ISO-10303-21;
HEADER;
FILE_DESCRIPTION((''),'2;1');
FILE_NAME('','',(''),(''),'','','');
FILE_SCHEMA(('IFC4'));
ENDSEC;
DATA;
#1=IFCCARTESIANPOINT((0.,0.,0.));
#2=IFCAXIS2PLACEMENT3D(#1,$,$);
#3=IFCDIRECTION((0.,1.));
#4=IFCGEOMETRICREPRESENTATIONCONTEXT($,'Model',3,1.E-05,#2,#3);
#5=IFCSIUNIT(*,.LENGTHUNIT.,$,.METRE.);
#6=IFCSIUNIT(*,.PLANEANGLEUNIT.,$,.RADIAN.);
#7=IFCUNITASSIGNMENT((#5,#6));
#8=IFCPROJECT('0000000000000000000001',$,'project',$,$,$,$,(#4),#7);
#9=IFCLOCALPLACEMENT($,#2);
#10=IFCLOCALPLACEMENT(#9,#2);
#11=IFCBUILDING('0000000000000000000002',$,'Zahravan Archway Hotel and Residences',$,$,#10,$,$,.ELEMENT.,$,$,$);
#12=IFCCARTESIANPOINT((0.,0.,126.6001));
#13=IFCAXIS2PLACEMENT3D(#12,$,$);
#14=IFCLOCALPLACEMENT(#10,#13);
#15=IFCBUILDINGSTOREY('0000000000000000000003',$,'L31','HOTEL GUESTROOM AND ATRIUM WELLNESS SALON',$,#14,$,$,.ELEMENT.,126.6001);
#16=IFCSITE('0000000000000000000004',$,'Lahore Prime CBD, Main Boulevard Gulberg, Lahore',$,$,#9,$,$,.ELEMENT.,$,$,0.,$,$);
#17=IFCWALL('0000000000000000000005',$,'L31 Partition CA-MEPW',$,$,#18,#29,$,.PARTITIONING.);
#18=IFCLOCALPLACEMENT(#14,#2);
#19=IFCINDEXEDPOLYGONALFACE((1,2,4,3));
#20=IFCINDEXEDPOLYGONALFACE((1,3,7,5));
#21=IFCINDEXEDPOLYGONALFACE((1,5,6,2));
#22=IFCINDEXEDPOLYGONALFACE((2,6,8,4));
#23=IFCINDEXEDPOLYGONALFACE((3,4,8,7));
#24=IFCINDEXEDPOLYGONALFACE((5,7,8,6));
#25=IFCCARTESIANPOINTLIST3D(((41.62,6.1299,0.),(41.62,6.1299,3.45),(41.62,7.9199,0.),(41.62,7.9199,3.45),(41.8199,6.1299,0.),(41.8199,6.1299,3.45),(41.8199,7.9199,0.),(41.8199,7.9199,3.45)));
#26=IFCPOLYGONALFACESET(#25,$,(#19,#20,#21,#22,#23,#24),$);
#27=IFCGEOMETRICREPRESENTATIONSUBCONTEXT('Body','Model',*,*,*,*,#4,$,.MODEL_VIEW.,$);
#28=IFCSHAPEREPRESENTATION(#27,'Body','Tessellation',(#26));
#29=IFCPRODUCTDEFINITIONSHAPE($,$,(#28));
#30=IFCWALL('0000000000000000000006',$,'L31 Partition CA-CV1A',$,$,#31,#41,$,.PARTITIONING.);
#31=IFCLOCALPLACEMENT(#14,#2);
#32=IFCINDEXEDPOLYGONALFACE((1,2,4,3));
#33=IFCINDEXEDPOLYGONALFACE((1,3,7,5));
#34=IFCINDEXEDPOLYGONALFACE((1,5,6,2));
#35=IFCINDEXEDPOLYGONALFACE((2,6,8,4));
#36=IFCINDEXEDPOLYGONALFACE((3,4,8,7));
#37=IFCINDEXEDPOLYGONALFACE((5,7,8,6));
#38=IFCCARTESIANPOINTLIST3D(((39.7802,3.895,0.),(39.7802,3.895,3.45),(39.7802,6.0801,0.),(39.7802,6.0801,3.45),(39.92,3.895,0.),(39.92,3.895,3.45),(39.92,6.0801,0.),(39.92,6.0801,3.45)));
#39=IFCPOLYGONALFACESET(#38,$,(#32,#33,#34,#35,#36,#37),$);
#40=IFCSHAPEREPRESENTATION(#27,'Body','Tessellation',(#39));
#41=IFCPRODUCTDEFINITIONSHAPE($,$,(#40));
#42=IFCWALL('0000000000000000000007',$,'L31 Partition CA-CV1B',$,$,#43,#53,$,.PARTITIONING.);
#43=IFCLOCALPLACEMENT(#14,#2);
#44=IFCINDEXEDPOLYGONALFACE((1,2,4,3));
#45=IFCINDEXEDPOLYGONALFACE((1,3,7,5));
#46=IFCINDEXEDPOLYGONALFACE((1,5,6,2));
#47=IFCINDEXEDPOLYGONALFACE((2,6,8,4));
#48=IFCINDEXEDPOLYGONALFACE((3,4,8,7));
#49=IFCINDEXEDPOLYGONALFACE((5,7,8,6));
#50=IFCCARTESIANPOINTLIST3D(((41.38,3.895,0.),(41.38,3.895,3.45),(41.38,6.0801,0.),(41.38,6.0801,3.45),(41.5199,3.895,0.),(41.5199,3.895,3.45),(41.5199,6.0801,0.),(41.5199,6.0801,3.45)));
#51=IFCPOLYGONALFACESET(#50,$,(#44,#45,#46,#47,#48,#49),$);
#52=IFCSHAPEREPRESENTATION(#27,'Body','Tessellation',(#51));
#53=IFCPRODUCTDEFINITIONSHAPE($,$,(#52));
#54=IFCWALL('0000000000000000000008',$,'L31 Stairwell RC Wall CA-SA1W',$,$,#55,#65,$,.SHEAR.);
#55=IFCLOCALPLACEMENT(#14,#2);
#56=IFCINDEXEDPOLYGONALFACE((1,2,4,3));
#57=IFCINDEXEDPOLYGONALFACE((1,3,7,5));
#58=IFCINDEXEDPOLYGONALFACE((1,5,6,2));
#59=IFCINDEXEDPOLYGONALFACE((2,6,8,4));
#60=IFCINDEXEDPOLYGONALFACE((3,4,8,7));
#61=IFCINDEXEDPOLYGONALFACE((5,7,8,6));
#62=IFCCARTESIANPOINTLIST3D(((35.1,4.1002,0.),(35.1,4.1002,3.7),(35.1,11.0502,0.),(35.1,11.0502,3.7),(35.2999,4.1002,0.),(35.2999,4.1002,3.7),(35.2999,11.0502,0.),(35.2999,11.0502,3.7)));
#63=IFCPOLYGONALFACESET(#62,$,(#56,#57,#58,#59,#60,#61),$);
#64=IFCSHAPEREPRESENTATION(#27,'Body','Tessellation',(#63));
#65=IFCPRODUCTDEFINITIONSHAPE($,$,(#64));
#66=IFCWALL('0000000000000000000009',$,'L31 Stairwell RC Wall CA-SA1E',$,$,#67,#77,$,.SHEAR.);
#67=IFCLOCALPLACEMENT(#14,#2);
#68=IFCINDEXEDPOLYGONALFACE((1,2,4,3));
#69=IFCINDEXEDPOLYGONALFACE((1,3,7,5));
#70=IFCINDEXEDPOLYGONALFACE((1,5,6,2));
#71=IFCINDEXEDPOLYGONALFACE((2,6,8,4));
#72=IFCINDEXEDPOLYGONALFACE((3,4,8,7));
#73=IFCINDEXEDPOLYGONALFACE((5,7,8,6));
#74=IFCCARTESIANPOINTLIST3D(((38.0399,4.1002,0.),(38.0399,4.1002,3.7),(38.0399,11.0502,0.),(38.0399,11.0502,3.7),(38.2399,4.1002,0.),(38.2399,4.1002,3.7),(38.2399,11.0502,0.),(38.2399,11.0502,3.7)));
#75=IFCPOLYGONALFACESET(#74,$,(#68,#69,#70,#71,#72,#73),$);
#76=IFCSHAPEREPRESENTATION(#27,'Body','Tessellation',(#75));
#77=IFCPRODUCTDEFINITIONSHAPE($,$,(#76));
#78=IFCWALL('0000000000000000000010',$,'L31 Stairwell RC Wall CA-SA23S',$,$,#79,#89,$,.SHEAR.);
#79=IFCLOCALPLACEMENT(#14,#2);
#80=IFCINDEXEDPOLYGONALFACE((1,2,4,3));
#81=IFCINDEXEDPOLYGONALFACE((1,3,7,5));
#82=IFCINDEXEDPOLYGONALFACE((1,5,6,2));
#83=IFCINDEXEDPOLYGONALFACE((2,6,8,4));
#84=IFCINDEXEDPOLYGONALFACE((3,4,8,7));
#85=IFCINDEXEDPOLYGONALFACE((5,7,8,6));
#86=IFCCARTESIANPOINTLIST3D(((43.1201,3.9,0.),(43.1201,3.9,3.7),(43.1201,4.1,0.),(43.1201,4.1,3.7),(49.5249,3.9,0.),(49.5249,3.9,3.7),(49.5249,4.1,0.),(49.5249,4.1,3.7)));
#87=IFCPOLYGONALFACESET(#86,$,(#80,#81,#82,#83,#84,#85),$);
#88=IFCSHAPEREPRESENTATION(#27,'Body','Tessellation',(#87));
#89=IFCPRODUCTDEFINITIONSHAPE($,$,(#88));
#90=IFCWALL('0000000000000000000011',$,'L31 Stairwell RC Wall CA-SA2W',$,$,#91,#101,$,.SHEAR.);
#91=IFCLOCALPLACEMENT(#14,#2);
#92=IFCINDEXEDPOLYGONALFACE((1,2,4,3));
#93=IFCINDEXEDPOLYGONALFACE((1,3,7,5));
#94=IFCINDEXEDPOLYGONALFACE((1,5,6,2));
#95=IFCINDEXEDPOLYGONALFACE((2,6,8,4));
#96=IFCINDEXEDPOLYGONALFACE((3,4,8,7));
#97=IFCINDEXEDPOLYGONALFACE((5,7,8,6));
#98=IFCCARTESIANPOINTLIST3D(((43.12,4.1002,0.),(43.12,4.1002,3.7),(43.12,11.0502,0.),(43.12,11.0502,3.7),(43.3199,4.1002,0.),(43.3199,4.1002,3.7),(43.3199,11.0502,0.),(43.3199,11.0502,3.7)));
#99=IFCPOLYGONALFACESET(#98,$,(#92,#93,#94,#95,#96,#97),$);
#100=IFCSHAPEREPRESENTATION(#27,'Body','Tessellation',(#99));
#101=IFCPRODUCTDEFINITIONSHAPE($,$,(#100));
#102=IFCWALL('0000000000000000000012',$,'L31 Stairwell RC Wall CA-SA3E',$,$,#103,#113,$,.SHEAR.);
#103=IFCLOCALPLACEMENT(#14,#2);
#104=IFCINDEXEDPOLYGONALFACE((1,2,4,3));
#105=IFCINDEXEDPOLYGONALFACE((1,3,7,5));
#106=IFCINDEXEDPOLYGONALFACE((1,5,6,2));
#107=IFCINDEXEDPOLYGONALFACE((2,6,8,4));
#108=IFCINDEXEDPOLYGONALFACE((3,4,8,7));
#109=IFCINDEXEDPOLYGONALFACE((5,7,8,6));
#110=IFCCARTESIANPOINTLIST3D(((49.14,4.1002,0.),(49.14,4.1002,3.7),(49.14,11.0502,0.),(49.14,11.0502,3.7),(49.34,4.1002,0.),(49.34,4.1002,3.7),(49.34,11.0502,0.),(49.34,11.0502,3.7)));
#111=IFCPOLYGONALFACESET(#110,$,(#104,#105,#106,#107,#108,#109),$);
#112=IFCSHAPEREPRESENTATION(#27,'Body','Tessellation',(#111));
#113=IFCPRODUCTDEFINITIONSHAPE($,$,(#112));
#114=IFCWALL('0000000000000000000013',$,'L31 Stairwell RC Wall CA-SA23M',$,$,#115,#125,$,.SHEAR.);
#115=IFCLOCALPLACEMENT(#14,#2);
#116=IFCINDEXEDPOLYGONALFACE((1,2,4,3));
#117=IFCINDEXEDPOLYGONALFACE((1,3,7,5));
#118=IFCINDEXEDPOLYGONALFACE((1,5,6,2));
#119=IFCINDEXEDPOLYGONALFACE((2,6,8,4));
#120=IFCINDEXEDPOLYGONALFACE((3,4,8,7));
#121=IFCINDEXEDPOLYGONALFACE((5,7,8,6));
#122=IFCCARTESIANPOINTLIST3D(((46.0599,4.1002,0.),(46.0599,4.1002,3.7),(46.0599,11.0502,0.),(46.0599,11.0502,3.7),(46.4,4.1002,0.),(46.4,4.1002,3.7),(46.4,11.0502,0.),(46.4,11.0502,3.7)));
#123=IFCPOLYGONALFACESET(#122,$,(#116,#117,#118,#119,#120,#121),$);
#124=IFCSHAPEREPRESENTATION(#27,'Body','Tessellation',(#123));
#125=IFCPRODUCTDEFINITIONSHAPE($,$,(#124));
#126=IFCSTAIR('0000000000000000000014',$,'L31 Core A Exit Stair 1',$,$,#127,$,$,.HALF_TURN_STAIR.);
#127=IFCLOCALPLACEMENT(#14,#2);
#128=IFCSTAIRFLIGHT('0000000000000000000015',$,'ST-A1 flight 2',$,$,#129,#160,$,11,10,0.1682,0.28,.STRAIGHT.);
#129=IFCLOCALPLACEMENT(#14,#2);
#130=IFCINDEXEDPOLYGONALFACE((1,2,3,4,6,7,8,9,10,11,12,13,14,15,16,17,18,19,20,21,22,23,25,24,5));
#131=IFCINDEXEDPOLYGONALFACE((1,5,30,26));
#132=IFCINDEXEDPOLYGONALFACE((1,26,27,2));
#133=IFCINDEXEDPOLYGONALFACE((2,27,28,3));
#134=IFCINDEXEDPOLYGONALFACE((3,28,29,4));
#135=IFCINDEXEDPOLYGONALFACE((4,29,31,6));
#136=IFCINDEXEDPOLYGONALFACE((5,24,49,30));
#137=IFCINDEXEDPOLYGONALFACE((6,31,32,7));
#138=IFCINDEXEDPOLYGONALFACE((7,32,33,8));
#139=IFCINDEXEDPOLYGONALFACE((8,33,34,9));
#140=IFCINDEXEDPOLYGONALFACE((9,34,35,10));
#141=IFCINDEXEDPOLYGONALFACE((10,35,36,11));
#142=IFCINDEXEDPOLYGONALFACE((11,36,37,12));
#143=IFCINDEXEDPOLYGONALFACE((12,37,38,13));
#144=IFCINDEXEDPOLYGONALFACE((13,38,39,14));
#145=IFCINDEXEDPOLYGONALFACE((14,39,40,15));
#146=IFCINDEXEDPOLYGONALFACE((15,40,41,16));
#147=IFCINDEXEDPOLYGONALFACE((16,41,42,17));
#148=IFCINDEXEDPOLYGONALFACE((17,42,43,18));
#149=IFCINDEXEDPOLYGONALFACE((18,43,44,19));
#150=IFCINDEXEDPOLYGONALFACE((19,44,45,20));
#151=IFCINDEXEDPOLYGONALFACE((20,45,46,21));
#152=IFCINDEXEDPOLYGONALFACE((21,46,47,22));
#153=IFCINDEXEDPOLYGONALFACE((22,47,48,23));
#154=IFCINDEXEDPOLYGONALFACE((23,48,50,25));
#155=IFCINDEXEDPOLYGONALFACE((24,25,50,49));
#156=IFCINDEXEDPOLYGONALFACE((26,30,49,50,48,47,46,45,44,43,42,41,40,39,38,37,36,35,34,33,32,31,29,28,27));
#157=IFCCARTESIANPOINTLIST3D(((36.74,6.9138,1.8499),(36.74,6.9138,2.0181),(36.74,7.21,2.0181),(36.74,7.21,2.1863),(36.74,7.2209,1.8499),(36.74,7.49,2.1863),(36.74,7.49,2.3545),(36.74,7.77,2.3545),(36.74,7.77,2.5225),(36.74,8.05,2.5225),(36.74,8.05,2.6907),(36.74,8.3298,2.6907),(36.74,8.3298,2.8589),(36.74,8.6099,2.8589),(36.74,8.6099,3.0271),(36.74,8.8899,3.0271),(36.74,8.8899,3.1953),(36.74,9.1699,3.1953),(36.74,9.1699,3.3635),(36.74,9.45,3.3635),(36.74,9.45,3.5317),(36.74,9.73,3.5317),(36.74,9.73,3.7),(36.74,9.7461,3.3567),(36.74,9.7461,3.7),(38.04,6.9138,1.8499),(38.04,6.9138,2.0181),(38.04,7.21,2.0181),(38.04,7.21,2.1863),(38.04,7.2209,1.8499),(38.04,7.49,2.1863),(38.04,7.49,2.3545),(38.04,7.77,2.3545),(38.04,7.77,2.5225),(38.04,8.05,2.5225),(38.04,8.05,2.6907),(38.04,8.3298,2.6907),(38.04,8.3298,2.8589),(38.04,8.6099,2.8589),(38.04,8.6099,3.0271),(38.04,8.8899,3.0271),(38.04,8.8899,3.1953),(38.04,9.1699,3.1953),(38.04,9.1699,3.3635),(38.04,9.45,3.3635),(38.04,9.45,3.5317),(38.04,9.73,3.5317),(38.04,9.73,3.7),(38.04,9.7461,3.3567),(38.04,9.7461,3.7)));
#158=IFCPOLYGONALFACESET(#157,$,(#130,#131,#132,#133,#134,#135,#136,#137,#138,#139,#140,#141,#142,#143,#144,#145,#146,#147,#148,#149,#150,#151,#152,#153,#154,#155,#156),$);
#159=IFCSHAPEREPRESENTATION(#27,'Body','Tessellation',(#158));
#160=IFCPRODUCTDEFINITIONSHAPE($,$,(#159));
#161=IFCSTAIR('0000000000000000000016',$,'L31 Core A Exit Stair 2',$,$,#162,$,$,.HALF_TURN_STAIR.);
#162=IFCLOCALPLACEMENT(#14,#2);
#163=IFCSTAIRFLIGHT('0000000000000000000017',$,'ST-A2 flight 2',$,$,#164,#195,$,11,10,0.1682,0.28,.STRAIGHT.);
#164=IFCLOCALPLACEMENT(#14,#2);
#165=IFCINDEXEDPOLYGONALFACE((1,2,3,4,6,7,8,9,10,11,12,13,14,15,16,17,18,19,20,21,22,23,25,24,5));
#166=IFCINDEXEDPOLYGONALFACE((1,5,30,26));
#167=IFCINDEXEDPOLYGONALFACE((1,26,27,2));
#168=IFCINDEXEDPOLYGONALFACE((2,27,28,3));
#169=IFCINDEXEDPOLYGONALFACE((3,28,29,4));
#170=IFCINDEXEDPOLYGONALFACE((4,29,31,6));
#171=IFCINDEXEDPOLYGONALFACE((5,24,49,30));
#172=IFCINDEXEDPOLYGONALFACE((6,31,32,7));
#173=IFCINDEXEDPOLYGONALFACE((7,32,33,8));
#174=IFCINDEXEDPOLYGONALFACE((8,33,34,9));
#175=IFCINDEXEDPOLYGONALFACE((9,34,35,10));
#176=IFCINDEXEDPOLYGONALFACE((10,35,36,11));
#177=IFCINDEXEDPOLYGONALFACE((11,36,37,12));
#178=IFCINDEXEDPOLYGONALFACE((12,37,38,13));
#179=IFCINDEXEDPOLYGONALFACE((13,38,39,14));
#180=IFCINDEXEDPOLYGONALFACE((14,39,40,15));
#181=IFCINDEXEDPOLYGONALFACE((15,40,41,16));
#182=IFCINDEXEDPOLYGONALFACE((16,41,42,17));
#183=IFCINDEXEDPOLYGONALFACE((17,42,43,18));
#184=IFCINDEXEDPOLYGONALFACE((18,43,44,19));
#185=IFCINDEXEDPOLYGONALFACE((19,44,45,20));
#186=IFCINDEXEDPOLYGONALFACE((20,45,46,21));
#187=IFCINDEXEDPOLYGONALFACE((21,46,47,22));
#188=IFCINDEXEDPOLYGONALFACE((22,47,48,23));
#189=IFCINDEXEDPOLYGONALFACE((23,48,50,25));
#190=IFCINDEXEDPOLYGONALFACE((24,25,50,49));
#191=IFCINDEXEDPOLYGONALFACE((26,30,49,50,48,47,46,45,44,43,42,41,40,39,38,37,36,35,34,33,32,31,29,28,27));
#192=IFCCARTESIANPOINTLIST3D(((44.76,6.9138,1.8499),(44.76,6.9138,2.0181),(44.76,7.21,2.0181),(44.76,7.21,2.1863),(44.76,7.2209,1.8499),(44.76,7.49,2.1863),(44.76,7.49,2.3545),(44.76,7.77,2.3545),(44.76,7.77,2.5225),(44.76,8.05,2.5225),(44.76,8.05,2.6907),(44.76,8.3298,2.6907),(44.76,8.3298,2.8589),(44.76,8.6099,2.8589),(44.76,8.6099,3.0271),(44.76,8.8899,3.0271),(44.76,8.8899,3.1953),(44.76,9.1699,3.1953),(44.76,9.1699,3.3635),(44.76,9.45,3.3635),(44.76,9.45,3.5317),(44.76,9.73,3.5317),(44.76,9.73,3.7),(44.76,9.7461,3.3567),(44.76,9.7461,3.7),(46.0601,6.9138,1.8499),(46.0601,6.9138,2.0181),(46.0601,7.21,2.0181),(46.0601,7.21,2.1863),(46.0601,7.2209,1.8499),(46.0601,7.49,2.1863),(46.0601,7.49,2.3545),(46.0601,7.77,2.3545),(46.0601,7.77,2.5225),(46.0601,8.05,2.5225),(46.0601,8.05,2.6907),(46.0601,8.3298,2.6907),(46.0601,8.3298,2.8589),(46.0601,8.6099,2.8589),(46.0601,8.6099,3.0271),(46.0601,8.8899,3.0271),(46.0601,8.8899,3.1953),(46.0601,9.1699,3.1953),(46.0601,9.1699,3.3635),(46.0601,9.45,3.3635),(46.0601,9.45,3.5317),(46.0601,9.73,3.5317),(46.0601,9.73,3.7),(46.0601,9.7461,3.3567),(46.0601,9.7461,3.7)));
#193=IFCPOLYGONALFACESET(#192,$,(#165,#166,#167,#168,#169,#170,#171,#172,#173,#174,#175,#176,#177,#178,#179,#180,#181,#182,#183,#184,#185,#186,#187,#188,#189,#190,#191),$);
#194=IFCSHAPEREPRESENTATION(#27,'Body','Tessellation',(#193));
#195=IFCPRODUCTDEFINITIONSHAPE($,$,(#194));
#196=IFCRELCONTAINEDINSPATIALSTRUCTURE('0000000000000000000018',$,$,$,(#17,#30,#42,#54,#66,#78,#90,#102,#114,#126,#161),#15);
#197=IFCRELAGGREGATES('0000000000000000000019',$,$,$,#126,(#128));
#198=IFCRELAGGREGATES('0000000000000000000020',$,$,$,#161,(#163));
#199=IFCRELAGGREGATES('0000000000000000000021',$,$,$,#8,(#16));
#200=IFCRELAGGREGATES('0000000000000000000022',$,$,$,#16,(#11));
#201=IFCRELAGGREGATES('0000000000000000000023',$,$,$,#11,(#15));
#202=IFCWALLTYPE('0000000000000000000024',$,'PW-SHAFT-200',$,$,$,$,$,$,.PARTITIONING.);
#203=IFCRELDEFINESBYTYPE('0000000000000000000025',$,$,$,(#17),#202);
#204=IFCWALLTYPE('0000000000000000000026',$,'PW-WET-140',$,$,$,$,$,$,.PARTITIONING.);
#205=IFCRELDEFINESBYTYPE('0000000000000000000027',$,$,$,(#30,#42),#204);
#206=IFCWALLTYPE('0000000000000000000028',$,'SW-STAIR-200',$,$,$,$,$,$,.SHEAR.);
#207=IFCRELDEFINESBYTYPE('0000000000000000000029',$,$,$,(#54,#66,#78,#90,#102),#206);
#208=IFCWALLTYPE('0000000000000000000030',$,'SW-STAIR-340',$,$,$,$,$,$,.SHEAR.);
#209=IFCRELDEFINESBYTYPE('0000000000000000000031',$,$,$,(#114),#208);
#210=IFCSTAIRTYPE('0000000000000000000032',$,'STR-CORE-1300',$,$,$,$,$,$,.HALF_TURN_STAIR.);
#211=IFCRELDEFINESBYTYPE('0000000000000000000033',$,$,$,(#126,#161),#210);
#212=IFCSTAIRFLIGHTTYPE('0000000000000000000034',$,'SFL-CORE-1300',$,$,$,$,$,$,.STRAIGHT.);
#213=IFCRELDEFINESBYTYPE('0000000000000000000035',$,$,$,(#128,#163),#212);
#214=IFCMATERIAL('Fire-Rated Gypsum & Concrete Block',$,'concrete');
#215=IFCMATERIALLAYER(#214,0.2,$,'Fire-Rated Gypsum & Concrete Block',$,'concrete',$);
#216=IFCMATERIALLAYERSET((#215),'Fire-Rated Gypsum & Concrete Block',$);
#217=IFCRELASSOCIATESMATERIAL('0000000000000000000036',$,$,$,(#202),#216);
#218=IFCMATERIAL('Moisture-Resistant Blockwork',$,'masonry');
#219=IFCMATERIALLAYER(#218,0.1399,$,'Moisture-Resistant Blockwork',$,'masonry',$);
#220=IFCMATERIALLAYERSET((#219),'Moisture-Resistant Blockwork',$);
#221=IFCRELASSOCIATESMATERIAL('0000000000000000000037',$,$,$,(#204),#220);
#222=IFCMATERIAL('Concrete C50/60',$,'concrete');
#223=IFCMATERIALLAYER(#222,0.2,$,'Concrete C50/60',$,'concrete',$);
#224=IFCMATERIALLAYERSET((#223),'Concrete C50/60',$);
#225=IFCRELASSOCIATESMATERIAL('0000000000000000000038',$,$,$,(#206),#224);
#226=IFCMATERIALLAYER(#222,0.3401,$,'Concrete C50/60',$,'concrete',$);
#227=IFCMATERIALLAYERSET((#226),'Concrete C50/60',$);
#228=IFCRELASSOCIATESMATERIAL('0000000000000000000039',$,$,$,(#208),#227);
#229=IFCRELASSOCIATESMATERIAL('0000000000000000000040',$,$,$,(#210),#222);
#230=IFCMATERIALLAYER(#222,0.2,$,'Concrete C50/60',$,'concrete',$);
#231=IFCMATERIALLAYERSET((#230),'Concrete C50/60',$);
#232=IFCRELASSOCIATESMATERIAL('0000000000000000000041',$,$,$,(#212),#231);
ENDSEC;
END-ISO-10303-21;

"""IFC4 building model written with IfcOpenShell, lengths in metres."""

from ifc_helpers import new_model, si_unit, direction, frame, frame_2d, origin, place, context, subcontext, project, spatial, polyline, rectangle, outline, extrude, source, transform, mapped, material, layer, layer_set, type_object, element, aggregate, save


model = new_model("IFC4")

# Units and contexts
model_context = context("Model", 3, precision=1e-05, world=origin(), true_north=direction((0.0, 1.0)))
body_context = subcontext(model_context, "Body", "Model", "MODEL_VIEW")
ifc_project = project(units=[si_unit("LENGTHUNIT", "METRE"), si_unit("PLANEANGLEUNIT", "RADIAN")], contexts=[model_context])

# Site, building, storey
site_placement = place(None, origin())
site = spatial("IfcSite", under=ifc_project, at=site_placement, Name="Lahore Prime CBD, Main Boulevard Gulberg, Lahore", CompositionType="ELEMENT", RefElevation=0.0)
building_placement = place(site_placement, origin())
building = spatial("IfcBuilding", under=site, at=building_placement, Name="Zahravan Archway Hotel and Residences", CompositionType="ELEMENT")
storey_placement = place(building_placement, frame((0.0, 0.0, 126.6001)))
storey = spatial("IfcBuildingStorey", under=building, at=storey_placement, Name="L31", Description="HOTEL GUESTROOM AND ATRIUM WELLNESS SALON", CompositionType="ELEMENT", Elevation=126.6001)

# Shared definitions
ifc_material_1 = material(Name="Fire-Rated Gypsum & Concrete Block", Category="concrete")
ifc_layer_1 = layer(ifc_material_1, 0.2, Name="Fire-Rated Gypsum & Concrete Block", Category="concrete")
ifc_layer_set_1 = layer_set([ifc_layer_1], Name="Fire-Rated Gypsum & Concrete Block")
wall_type_1 = type_object("IfcWallType", Name="PW-SHAFT-200", PredefinedType="PARTITIONING", material=ifc_layer_set_1)

# Walls
wall_1_placement = place(storey_placement, frame((41.72, 6.1299, 0.0), z_axis=(0.0, 0.0, 1.0), x_axis=(0.0, 1.0, 0.0)))
element("IfcWall", 1, at=wall_1_placement, inside=storey, type_object=wall_type_1, Name="L31 Partition CA-MEPW", PredefinedType="PARTITIONING", context=body_context, shape_type="SweptSolid", body=[
    extrude(rectangle(XDim=1.79, YDim=0.2, at=frame_2d((0.895, 0.0))), origin(), (0.0, 0.0, 1.0), 3.45),
])
ifc_material_2 = material(Name="Moisture-Resistant Blockwork", Category="masonry")
ifc_layer_2 = layer(ifc_material_2, 0.1399, Name="Moisture-Resistant Blockwork", Category="masonry")
ifc_layer_set_2 = layer_set([ifc_layer_2], Name="Moisture-Resistant Blockwork")
wall_type_2 = type_object("IfcWallType", Name="PW-WET-140", PredefinedType="PARTITIONING", material=ifc_layer_set_2)
for number, where, z_axis, x_axis, name in (
    (2, (39.8501, 3.895, 0.0), (0.0, 0.0, 1.0), (0.0, 1.0, 0.0), "L31 Partition CA-CV1A"),
    (3, (41.45, 3.895, 0.0), (0.0, 0.0, 1.0), (0.0, 1.0, 0.0), "L31 Partition CA-CV1B"),
):
    element("IfcWall", number, at=place(storey_placement, frame(where, z_axis=z_axis, x_axis=x_axis)), inside=storey, type_object=wall_type_2, Name=name, PredefinedType="PARTITIONING", context=body_context, shape_type="SweptSolid", body=[
        extrude(rectangle(XDim=2.1851, YDim=0.1399, at=frame_2d((1.0925, 0.0))), origin(), (0.0, 0.0, 1.0), 3.45),
    ])
ifc_material_3 = material(Name="Concrete C50/60", Category="concrete")
ifc_layer_3 = layer(ifc_material_3, 0.2, Name="Concrete C50/60", Category="concrete")
ifc_layer_set_3 = layer_set([ifc_layer_3], Name="Concrete C50/60")
wall_type_3 = type_object("IfcWallType", Name="SW-STAIR-200", PredefinedType="SHEAR", material=ifc_layer_set_3)
for number, where, z_axis, x_axis, name in (
    (4, (35.2, 4.1001, 0.0), (0.0, 0.0, 1.0), (0.0, 1.0, 0.0), "L31 Stairwell RC Wall CA-SA1W"),
    (5, (38.1399, 4.1001, 0.0), (0.0, 0.0, 1.0), (0.0, 1.0, 0.0), "L31 Stairwell RC Wall CA-SA1E"),
):
    element("IfcWall", number, at=place(storey_placement, frame(where, z_axis=z_axis, x_axis=x_axis)), inside=storey, type_object=wall_type_3, Name=name, PredefinedType="SHEAR", context=body_context, shape_type="SweptSolid", body=[
        extrude(rectangle(XDim=6.95, YDim=0.2, at=frame_2d((3.4751, 0.0))), origin(), (0.0, 0.0, 1.0), 3.7),
    ])
wall_2_placement = place(storey_placement, frame((43.1201, 4.0, 0.0), z_axis=(0.0, 0.0, 1.0), x_axis=(1.0, 0.0, 0.0)))
element("IfcWall", 6, at=wall_2_placement, inside=storey, type_object=wall_type_3, Name="L31 Stairwell RC Wall CA-SA23S", PredefinedType="SHEAR", context=body_context, shape_type="SweptSolid", body=[
    extrude(rectangle(XDim=6.4048, YDim=0.2, at=frame_2d((3.2024, 0.0))), origin(), (0.0, 0.0, 1.0), 3.7),
])
for number, where, z_axis, x_axis, name in (
    (7, (43.22, 4.1001, 0.0), (0.0, 0.0, 1.0), (0.0, 1.0, 0.0), "L31 Stairwell RC Wall CA-SA2W"),
    (8, (49.24, 4.1001, 0.0), (0.0, 0.0, 1.0), (0.0, 1.0, 0.0), "L31 Stairwell RC Wall CA-SA3E"),
):
    element("IfcWall", number, at=place(storey_placement, frame(where, z_axis=z_axis, x_axis=x_axis)), inside=storey, type_object=wall_type_3, Name=name, PredefinedType="SHEAR", context=body_context, shape_type="SweptSolid", body=[
        extrude(rectangle(XDim=6.95, YDim=0.2, at=frame_2d((3.4751, 0.0))), origin(), (0.0, 0.0, 1.0), 3.7),
    ])
ifc_layer_4 = layer(ifc_material_3, 0.3401, Name="Concrete C50/60", Category="concrete")
ifc_layer_set_4 = layer_set([ifc_layer_4], Name="Concrete C50/60")
wall_type_4 = type_object("IfcWallType", Name="SW-STAIR-340", PredefinedType="SHEAR", material=ifc_layer_set_4)
wall_3_placement = place(storey_placement, frame((46.23, 4.1001, 0.0), z_axis=(0.0, 0.0, 1.0), x_axis=(0.0, 1.0, 0.0)))
element("IfcWall", 9, at=wall_3_placement, inside=storey, type_object=wall_type_4, Name="L31 Stairwell RC Wall CA-SA23M", PredefinedType="SHEAR", context=body_context, shape_type="SweptSolid", body=[
    extrude(rectangle(XDim=6.95, YDim=0.3401, at=frame_2d((3.4751, 0.0))), origin(), (0.0, 0.0, 1.0), 3.7),
])

# Stairs, stair flights
stair_type = type_object("IfcStairType", Name="STR-CORE-1300", PredefinedType="HALF_TURN_STAIR", material=ifc_material_3)
stair_1_placement = place(storey_placement, origin())
stair_1 = element("IfcStair", 10, at=stair_1_placement, inside=storey, type_object=stair_type, Name="L31 Core A Exit Stair 1", PredefinedType="HALF_TURN_STAIR")
ifc_layer_5 = layer(ifc_material_3, 0.2, Name="Concrete C50/60", Category="concrete")
ifc_layer_set_5 = layer_set([ifc_layer_5], Name="Concrete C50/60")
stair_flight_type = type_object("IfcStairFlightType", Name="SFL-CORE-1300", PredefinedType="STRAIGHT", material=ifc_layer_set_5)
shared_shape_1 = source(origin(), body_context, "Body", "SweptSolid", [
    extrude(outline(polyline([(-0.0161, 0.0), (-0.0161, 0.1682), (0.28, 0.1682), (0.28, 0.3364), (0.5601, 0.3364), (0.5601, 0.5046), (0.8401, 0.5046), (0.8401, 0.6726), (1.1201, 0.6726), (1.1201, 0.8408), (1.3999, 0.8408), (1.3999, 1.009), (1.6799, 1.009), (1.6799, 1.1772), (1.96, 1.1772), (1.96, 1.3455), (2.24, 1.3455), (2.24, 1.5137), (2.52, 1.5137), (2.52, 1.6819), (2.8, 1.6819), (2.8, 1.8501), (2.8162, 1.8501), (2.8162, 1.5068), (0.291, 0.0), (-0.0161, 0.0)])), frame((0.0, 0.6499, 0.0), z_axis=(0.0, -1.0, 0.0), x_axis=(1.0, 0.0, 0.0)), (0.0, 0.0, 1.0), 1.3),
])
stair_flight_1_placement = place(storey_placement, frame((37.3899, 6.9299, 1.8499), z_axis=(0.0, 0.0, 1.0), x_axis=(0.0, 1.0, 0.0)))
stair_flight_1 = element("IfcStairFlight", 11, at=stair_flight_1_placement, type_object=stair_flight_type, Name="ST-A1 flight 2", NumberOfRisers=11, NumberOfTreads=10, PredefinedType="STRAIGHT", RiserHeight=0.1682, TreadLength=0.28, context=body_context, shape_type="MappedRepresentation", body=[
    mapped(shared_shape_1, transform((0.0, 0.0, 0.0), scale=1.0)),
])
aggregate(stair_1, [stair_flight_1])
stair_2_placement = place(storey_placement, origin())
stair_2 = element("IfcStair", 12, at=stair_2_placement, inside=storey, type_object=stair_type, Name="L31 Core A Exit Stair 2", PredefinedType="HALF_TURN_STAIR")
stair_flight_2_placement = place(storey_placement, frame((45.4099, 6.9299, 1.8499), z_axis=(0.0, 0.0, 1.0), x_axis=(0.0, 1.0, 0.0)))
stair_flight_2 = element("IfcStairFlight", 13, at=stair_flight_2_placement, type_object=stair_flight_type, Name="ST-A2 flight 2", NumberOfRisers=11, NumberOfTreads=10, PredefinedType="STRAIGHT", RiserHeight=0.1682, TreadLength=0.28, context=body_context, shape_type="MappedRepresentation", body=[
    mapped(shared_shape_1, transform((0.0, 0.0, 0.0), scale=1.0)),
])
aggregate(stair_2, [stair_flight_2])

save(model, "model.ifc")
